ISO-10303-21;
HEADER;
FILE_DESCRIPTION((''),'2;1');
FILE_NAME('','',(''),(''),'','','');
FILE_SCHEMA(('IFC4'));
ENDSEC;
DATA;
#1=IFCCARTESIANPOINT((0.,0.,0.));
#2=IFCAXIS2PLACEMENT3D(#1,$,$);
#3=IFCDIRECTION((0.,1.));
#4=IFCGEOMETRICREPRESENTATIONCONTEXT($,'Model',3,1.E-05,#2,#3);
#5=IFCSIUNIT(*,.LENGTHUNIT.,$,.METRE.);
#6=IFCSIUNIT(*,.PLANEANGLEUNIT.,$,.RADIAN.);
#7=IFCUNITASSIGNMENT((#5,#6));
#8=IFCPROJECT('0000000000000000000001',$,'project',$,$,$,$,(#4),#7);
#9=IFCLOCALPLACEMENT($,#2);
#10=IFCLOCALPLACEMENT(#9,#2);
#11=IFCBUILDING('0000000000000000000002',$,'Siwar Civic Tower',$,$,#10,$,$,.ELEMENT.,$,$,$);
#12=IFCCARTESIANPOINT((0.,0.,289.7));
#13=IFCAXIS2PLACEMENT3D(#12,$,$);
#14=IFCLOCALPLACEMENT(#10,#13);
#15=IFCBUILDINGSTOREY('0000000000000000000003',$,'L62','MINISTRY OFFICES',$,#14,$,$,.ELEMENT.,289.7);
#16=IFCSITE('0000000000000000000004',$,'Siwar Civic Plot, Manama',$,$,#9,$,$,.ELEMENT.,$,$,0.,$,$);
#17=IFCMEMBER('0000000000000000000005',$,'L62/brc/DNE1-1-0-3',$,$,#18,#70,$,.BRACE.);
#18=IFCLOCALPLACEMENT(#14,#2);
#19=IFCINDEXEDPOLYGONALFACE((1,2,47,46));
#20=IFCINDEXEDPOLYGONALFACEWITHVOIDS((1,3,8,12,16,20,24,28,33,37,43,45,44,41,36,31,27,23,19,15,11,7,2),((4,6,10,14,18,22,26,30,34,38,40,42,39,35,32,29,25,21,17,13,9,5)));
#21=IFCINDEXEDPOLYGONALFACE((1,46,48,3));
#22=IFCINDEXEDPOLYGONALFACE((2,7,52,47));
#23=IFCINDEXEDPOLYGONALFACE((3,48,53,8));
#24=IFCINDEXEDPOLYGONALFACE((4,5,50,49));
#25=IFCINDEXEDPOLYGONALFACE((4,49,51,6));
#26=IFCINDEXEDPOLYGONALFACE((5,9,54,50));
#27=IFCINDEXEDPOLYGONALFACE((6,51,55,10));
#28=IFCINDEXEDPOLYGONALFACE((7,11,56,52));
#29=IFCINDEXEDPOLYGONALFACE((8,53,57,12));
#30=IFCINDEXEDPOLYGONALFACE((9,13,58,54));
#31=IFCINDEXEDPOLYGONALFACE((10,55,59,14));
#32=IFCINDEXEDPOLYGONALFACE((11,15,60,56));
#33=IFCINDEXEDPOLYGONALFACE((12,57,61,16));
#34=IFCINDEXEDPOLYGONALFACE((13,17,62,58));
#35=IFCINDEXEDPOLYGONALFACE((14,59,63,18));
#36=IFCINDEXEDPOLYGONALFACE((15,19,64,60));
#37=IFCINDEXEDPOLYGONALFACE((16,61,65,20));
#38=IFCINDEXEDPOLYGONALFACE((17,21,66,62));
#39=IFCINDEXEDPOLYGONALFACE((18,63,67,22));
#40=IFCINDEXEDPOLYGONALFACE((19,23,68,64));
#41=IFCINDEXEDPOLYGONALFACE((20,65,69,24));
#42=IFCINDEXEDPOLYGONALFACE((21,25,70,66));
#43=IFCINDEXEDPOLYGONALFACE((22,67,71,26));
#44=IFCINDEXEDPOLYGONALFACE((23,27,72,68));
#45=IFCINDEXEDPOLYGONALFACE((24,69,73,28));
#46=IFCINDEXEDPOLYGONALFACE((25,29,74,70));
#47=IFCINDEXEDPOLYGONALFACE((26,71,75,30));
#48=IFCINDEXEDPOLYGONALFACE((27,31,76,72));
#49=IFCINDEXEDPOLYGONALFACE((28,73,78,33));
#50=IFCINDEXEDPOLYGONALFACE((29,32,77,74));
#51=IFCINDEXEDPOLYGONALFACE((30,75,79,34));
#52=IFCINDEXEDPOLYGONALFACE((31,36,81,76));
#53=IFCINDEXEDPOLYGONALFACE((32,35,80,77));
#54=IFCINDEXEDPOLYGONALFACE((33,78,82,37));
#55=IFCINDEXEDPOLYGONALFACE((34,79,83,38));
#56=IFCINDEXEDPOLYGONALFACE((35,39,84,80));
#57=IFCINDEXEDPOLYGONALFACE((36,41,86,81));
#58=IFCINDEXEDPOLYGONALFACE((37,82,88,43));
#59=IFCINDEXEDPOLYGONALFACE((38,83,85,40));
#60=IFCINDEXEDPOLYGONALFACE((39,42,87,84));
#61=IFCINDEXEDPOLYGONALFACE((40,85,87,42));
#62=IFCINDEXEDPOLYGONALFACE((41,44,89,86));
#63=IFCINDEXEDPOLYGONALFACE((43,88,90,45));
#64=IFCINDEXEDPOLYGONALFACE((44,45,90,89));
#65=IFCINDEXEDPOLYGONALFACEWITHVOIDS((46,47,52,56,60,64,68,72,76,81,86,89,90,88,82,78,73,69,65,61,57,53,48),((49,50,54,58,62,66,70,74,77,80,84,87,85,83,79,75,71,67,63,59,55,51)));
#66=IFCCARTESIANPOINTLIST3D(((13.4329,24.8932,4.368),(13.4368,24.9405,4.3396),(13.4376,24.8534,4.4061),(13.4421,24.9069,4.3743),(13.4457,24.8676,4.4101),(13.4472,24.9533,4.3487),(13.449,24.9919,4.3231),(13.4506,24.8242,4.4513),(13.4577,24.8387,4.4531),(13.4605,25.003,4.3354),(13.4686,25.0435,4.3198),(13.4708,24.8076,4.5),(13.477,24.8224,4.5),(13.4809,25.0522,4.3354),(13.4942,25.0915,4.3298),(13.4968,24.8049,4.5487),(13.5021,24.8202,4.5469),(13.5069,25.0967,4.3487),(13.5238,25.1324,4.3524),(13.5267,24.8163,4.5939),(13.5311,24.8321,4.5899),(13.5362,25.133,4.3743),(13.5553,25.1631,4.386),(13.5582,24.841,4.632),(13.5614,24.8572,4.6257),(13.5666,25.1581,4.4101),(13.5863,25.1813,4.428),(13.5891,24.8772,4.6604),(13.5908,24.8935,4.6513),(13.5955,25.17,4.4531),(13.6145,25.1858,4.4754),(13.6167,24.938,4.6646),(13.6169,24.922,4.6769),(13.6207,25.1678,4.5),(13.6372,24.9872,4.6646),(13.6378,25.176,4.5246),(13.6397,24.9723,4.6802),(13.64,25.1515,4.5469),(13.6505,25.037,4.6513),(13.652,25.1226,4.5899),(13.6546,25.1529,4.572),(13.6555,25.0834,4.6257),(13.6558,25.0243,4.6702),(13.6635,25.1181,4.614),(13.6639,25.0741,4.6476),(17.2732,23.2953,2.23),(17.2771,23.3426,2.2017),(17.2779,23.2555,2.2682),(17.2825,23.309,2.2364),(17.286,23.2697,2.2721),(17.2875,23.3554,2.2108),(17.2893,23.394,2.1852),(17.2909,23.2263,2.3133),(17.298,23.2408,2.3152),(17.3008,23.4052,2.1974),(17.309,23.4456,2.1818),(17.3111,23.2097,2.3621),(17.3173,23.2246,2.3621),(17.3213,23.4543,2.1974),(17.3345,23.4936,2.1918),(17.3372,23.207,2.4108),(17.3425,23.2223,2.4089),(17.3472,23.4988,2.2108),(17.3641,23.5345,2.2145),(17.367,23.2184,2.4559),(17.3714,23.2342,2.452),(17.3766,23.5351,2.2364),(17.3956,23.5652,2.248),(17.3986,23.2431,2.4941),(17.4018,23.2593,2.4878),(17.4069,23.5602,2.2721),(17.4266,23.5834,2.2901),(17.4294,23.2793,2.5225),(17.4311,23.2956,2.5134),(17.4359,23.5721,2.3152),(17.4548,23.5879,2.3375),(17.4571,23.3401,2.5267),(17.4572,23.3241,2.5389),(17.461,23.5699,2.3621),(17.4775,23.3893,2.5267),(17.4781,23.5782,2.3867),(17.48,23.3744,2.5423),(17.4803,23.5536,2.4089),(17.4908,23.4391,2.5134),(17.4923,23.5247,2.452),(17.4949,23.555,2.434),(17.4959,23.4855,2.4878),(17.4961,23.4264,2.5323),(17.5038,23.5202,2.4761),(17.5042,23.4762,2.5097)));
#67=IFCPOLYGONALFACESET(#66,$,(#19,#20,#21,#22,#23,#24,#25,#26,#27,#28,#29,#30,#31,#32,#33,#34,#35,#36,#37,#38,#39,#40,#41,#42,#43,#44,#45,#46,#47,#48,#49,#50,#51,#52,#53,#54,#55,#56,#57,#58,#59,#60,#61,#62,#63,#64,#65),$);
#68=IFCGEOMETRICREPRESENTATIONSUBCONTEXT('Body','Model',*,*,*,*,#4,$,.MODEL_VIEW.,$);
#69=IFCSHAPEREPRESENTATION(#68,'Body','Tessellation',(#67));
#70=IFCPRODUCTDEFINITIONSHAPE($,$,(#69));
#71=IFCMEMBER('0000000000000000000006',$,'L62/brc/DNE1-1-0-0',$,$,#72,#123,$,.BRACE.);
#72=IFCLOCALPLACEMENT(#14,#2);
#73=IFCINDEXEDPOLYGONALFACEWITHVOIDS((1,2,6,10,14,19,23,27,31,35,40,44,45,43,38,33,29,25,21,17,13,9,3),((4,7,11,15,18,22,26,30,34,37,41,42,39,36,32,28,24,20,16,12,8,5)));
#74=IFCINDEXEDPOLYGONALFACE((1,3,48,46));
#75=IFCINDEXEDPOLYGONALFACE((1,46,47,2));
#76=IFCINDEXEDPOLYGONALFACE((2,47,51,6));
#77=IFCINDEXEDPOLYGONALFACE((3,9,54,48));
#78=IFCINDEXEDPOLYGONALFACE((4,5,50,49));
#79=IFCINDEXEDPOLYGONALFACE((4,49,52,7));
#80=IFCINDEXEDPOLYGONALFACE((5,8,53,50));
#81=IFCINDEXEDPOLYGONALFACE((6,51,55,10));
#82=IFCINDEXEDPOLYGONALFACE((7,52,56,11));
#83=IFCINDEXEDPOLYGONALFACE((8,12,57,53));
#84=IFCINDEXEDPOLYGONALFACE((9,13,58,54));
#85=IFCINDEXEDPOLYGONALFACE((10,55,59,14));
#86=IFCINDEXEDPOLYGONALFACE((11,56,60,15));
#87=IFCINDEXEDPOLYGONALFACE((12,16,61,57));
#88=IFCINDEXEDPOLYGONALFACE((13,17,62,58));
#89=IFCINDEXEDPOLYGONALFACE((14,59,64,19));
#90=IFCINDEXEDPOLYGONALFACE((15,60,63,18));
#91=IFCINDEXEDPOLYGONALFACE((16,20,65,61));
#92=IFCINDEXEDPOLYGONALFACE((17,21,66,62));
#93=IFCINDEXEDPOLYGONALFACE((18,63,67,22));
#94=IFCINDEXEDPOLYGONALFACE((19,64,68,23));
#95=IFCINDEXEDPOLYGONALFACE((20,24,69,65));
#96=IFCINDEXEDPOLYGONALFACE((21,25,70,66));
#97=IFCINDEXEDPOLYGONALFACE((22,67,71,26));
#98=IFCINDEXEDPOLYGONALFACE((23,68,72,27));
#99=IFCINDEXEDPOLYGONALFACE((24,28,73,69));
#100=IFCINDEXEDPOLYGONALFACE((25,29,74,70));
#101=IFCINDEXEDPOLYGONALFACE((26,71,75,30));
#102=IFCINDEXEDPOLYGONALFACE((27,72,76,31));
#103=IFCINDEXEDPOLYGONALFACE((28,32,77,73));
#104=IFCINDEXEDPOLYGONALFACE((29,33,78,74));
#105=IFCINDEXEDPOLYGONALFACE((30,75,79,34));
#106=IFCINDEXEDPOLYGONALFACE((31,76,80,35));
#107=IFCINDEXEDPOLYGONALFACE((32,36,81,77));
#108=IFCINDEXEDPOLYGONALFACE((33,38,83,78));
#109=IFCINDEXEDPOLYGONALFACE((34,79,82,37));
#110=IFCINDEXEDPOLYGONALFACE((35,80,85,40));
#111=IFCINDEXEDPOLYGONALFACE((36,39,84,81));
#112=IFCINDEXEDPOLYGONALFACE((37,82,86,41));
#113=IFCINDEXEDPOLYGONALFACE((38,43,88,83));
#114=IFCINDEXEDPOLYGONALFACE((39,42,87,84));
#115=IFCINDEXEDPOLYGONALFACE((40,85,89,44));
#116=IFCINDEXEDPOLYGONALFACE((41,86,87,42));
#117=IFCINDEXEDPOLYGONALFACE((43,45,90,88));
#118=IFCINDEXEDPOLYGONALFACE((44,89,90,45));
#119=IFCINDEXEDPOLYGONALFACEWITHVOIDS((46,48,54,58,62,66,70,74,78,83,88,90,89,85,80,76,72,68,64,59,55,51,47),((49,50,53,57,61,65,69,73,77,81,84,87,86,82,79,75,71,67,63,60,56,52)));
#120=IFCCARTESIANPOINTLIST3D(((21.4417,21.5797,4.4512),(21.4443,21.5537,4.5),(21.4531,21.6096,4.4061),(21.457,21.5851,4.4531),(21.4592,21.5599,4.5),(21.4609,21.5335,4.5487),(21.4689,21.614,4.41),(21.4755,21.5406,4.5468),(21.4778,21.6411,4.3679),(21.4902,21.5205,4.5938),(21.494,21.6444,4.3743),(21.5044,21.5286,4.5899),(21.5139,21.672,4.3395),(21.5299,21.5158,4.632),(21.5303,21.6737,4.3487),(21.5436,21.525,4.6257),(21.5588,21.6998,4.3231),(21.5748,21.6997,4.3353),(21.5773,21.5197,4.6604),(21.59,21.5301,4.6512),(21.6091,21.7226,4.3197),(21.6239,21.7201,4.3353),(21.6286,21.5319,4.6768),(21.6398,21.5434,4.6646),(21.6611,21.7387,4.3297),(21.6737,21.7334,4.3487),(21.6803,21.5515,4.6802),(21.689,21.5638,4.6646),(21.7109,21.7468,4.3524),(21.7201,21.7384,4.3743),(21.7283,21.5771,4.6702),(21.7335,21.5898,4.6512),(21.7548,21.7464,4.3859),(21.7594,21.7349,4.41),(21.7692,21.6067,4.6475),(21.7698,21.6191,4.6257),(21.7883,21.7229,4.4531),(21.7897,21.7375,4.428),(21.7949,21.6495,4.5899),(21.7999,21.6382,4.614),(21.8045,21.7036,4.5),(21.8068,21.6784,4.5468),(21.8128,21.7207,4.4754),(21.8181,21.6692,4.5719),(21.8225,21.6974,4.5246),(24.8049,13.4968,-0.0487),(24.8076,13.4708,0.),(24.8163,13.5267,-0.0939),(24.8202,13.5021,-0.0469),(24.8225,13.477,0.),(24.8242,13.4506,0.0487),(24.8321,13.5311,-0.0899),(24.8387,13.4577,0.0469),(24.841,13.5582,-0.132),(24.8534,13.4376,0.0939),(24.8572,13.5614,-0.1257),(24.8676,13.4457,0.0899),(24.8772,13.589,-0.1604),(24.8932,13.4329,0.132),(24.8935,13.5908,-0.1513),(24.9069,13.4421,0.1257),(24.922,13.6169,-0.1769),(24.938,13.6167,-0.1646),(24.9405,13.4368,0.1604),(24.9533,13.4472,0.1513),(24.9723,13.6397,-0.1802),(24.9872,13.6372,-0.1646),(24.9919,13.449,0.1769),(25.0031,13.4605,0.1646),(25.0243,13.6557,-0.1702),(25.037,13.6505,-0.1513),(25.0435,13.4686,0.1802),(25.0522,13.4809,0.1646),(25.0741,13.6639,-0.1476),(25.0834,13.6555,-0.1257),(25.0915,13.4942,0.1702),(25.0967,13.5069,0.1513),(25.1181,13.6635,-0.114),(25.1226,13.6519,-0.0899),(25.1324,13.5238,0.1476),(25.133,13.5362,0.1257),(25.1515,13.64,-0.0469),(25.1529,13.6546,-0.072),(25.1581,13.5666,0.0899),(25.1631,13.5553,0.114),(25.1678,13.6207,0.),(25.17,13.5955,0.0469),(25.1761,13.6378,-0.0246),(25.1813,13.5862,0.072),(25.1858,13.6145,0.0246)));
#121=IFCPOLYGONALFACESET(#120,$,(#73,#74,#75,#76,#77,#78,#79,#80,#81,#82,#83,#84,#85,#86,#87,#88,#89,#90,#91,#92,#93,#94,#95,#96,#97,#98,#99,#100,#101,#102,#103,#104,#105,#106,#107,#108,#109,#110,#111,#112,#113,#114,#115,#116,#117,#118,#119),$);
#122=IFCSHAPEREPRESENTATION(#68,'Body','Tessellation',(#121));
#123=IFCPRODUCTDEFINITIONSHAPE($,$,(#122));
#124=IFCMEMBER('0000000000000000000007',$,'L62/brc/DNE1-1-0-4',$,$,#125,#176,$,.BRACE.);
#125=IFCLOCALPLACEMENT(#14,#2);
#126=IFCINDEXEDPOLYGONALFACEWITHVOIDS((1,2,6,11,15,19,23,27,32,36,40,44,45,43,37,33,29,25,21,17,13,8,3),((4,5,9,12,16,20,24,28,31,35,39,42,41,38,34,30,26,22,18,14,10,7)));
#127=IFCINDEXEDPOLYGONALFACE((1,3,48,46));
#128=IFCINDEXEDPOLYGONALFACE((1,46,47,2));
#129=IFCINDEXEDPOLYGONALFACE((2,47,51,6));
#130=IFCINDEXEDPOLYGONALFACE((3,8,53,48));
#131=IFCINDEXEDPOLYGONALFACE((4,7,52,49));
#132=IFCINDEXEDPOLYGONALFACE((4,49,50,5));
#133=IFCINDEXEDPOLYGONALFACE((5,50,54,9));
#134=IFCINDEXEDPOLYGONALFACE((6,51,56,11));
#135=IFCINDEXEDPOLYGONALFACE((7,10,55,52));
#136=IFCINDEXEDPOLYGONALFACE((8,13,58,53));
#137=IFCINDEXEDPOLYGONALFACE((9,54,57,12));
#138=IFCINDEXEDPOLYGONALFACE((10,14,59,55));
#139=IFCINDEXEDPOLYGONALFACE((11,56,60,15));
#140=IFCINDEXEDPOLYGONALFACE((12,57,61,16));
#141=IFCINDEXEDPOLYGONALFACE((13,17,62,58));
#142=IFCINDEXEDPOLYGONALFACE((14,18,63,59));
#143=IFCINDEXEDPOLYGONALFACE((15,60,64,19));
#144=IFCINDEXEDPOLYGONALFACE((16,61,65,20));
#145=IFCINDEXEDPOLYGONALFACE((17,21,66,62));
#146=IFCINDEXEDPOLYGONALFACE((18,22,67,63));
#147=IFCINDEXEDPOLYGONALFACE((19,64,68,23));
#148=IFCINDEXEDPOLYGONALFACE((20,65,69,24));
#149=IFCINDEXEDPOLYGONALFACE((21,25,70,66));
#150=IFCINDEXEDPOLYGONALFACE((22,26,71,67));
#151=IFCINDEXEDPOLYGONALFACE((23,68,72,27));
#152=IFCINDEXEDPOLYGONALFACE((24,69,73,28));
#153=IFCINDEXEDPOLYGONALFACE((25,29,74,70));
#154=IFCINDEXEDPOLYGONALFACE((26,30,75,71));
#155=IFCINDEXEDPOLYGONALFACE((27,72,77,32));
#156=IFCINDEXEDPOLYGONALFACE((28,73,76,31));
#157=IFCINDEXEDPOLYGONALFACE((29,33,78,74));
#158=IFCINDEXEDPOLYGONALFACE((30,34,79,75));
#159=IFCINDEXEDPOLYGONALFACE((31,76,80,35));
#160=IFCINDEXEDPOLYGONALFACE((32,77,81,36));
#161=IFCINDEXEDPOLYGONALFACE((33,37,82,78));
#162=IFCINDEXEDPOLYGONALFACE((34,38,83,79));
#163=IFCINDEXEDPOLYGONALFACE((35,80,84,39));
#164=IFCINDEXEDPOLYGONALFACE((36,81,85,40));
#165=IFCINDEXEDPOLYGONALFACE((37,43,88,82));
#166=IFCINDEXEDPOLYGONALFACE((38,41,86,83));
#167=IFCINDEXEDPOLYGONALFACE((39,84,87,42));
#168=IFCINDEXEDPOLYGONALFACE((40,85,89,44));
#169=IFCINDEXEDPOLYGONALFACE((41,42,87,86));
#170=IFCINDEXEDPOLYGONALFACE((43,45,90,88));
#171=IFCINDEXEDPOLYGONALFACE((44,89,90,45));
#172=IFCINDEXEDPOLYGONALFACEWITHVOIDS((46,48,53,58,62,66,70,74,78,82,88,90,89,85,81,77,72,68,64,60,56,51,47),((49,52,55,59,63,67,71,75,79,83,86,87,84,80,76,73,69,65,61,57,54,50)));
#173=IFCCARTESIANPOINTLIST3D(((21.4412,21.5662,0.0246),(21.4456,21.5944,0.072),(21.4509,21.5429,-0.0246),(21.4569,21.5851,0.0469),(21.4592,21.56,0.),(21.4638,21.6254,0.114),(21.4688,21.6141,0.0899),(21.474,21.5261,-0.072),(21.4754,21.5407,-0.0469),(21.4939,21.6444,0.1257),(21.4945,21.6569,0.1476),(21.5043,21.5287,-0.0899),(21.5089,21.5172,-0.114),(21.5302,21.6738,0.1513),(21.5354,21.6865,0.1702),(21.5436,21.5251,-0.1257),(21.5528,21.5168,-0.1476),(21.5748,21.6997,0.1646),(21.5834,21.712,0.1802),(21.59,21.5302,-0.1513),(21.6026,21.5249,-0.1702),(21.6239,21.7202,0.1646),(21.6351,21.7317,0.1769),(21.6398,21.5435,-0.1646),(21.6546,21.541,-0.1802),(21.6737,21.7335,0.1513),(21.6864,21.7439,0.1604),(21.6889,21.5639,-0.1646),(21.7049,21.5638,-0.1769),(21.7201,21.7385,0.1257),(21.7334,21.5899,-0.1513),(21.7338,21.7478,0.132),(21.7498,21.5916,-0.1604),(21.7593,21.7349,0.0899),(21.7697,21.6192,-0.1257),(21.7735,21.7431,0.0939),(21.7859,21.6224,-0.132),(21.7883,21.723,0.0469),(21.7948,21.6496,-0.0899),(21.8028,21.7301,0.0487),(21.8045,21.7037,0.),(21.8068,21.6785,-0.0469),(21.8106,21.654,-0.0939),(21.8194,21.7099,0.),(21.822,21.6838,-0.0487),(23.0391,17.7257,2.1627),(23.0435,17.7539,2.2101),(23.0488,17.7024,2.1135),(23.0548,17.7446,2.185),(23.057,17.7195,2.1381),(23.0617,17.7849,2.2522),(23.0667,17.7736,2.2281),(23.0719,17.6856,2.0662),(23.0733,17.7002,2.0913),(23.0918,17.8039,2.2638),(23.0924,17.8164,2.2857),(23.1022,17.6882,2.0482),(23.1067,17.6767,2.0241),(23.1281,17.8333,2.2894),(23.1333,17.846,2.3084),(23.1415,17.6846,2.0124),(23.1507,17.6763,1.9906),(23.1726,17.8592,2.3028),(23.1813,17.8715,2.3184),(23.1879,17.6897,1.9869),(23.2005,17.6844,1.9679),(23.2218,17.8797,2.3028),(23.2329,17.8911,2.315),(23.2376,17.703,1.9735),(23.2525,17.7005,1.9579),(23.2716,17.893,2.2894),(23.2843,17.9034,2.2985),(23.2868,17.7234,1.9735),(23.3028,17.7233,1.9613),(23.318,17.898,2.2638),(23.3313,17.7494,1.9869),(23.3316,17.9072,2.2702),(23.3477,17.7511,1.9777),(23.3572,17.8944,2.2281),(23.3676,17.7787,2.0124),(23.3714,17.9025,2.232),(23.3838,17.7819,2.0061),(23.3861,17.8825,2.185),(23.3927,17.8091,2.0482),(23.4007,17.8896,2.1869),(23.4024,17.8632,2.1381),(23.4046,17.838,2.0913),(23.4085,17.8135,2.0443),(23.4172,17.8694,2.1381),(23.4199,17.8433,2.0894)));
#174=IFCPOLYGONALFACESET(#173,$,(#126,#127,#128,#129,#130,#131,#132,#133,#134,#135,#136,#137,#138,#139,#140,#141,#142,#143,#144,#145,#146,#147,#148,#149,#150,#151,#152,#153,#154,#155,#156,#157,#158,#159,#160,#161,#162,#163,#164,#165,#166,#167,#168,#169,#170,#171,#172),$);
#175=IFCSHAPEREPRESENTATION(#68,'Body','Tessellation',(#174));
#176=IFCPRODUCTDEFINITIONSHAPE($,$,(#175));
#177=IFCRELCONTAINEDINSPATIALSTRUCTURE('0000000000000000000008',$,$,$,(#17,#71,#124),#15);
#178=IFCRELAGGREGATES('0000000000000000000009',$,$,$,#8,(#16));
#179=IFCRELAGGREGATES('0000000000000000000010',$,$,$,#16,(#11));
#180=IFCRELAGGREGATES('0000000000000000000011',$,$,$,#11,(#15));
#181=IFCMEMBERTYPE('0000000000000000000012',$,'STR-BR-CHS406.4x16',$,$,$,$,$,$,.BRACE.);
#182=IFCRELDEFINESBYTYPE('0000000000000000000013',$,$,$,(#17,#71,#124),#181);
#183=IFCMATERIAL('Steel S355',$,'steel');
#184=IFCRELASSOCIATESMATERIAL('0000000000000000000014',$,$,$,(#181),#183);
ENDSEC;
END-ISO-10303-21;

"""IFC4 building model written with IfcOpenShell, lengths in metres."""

from ifc_helpers import new_model, si_unit, direction, frame, origin, origin_2d, place, context, subcontext, project, spatial, hollow_circle, extrude, material, material_profile, profile_set, type_object, element, save


model = new_model("IFC4")

# Units and contexts
model_context = context("Model", 3, precision=1e-05, world=origin(), true_north=direction((0.0, 1.0)))
body_context = subcontext(model_context, "Body", "Model", "MODEL_VIEW")
ifc_project = project(units=[si_unit("LENGTHUNIT", "METRE"), si_unit("PLANEANGLEUNIT", "RADIAN")], contexts=[model_context])

# Site, building, storey
site_placement = place(None, origin())
site = spatial("IfcSite", under=ifc_project, at=site_placement, Name="Siwar Civic Plot, Manama", CompositionType="ELEMENT", RefElevation=0.0)
building_placement = place(site_placement, origin())
building = spatial("IfcBuilding", under=site, at=building_placement, Name="Siwar Civic Tower", CompositionType="ELEMENT")
storey_placement = place(building_placement, frame((0.0, 0.0, 289.7)))
storey = spatial("IfcBuildingStorey", under=building, at=storey_placement, Name="L62", Description="MINISTRY OFFICES", CompositionType="ELEMENT", Elevation=289.7)

# Members
ifc_material_1 = material(Name="Steel S355", Category="steel")
ifc_material_profile_1 = material_profile(ifc_material_1, hollow_circle(Radius=0.2031, WallThickness=0.0161, at=origin_2d()), Name="CHS406.4x16")
ifc_profile_set_1 = profile_set([ifc_material_profile_1], Name="Steel S355")
member_type_1 = type_object("IfcMemberType", Name="STR-BR-CHS406.4x16", PredefinedType="BRACE", material=ifc_profile_set_1)
member_1_placement = place(storey_placement, frame((17.3892, 23.3972, 2.3621), z_axis=(-0.82115, 0.341667, 0.45714), x_axis=(-0.384157, -0.923268, 0.0)))
element("IfcMember", 1, at=member_1_placement, inside=storey, type_object=member_type_1, Name="L62/brc/DNE1-1-0-3", PredefinedType="BRACE", context=body_context, shape_type="SweptSolid", body=[
    extrude(hollow_circle(Radius=0.2031, WallThickness=0.0161, at=origin_2d()), origin(), (0.0, 0.0, 1.0), 4.6768),
])
member_2_placement = place(storey_placement, frame((24.9951, 13.5488, 0.0), z_axis=(-0.341671, 0.821143, 0.457149), x_axis=(-0.923265, -0.384164, 0.0)))
element("IfcMember", 2, at=member_2_placement, inside=storey, type_object=member_type_1, Name="L62/brc/DNE1-1-0-0", PredefinedType="BRACE", context=body_context, shape_type="SweptSolid", body=[
    extrude(hollow_circle(Radius=0.2031, WallThickness=0.0161, at=origin_2d()), origin(), (0.0, 0.0, 1.0), 9.8435),
])
member_3_placement = place(storey_placement, frame((21.6318, 21.6318, 0.0), z_axis=(0.341644, -0.821147, 0.457161), x_axis=(0.923276, 0.384136, 0.0)))
element("IfcMember", 3, at=member_3_placement, inside=storey, type_object=member_type_1, Name="L62/brc/DNE1-1-0-4", PredefinedType="BRACE", context=body_context, shape_type="SweptSolid", body=[
    extrude(hollow_circle(Radius=0.2031, WallThickness=0.0161, at=origin_2d()), origin(), (0.0, 0.0, 1.0), 4.677),
])

save(model, "model.ifc")
